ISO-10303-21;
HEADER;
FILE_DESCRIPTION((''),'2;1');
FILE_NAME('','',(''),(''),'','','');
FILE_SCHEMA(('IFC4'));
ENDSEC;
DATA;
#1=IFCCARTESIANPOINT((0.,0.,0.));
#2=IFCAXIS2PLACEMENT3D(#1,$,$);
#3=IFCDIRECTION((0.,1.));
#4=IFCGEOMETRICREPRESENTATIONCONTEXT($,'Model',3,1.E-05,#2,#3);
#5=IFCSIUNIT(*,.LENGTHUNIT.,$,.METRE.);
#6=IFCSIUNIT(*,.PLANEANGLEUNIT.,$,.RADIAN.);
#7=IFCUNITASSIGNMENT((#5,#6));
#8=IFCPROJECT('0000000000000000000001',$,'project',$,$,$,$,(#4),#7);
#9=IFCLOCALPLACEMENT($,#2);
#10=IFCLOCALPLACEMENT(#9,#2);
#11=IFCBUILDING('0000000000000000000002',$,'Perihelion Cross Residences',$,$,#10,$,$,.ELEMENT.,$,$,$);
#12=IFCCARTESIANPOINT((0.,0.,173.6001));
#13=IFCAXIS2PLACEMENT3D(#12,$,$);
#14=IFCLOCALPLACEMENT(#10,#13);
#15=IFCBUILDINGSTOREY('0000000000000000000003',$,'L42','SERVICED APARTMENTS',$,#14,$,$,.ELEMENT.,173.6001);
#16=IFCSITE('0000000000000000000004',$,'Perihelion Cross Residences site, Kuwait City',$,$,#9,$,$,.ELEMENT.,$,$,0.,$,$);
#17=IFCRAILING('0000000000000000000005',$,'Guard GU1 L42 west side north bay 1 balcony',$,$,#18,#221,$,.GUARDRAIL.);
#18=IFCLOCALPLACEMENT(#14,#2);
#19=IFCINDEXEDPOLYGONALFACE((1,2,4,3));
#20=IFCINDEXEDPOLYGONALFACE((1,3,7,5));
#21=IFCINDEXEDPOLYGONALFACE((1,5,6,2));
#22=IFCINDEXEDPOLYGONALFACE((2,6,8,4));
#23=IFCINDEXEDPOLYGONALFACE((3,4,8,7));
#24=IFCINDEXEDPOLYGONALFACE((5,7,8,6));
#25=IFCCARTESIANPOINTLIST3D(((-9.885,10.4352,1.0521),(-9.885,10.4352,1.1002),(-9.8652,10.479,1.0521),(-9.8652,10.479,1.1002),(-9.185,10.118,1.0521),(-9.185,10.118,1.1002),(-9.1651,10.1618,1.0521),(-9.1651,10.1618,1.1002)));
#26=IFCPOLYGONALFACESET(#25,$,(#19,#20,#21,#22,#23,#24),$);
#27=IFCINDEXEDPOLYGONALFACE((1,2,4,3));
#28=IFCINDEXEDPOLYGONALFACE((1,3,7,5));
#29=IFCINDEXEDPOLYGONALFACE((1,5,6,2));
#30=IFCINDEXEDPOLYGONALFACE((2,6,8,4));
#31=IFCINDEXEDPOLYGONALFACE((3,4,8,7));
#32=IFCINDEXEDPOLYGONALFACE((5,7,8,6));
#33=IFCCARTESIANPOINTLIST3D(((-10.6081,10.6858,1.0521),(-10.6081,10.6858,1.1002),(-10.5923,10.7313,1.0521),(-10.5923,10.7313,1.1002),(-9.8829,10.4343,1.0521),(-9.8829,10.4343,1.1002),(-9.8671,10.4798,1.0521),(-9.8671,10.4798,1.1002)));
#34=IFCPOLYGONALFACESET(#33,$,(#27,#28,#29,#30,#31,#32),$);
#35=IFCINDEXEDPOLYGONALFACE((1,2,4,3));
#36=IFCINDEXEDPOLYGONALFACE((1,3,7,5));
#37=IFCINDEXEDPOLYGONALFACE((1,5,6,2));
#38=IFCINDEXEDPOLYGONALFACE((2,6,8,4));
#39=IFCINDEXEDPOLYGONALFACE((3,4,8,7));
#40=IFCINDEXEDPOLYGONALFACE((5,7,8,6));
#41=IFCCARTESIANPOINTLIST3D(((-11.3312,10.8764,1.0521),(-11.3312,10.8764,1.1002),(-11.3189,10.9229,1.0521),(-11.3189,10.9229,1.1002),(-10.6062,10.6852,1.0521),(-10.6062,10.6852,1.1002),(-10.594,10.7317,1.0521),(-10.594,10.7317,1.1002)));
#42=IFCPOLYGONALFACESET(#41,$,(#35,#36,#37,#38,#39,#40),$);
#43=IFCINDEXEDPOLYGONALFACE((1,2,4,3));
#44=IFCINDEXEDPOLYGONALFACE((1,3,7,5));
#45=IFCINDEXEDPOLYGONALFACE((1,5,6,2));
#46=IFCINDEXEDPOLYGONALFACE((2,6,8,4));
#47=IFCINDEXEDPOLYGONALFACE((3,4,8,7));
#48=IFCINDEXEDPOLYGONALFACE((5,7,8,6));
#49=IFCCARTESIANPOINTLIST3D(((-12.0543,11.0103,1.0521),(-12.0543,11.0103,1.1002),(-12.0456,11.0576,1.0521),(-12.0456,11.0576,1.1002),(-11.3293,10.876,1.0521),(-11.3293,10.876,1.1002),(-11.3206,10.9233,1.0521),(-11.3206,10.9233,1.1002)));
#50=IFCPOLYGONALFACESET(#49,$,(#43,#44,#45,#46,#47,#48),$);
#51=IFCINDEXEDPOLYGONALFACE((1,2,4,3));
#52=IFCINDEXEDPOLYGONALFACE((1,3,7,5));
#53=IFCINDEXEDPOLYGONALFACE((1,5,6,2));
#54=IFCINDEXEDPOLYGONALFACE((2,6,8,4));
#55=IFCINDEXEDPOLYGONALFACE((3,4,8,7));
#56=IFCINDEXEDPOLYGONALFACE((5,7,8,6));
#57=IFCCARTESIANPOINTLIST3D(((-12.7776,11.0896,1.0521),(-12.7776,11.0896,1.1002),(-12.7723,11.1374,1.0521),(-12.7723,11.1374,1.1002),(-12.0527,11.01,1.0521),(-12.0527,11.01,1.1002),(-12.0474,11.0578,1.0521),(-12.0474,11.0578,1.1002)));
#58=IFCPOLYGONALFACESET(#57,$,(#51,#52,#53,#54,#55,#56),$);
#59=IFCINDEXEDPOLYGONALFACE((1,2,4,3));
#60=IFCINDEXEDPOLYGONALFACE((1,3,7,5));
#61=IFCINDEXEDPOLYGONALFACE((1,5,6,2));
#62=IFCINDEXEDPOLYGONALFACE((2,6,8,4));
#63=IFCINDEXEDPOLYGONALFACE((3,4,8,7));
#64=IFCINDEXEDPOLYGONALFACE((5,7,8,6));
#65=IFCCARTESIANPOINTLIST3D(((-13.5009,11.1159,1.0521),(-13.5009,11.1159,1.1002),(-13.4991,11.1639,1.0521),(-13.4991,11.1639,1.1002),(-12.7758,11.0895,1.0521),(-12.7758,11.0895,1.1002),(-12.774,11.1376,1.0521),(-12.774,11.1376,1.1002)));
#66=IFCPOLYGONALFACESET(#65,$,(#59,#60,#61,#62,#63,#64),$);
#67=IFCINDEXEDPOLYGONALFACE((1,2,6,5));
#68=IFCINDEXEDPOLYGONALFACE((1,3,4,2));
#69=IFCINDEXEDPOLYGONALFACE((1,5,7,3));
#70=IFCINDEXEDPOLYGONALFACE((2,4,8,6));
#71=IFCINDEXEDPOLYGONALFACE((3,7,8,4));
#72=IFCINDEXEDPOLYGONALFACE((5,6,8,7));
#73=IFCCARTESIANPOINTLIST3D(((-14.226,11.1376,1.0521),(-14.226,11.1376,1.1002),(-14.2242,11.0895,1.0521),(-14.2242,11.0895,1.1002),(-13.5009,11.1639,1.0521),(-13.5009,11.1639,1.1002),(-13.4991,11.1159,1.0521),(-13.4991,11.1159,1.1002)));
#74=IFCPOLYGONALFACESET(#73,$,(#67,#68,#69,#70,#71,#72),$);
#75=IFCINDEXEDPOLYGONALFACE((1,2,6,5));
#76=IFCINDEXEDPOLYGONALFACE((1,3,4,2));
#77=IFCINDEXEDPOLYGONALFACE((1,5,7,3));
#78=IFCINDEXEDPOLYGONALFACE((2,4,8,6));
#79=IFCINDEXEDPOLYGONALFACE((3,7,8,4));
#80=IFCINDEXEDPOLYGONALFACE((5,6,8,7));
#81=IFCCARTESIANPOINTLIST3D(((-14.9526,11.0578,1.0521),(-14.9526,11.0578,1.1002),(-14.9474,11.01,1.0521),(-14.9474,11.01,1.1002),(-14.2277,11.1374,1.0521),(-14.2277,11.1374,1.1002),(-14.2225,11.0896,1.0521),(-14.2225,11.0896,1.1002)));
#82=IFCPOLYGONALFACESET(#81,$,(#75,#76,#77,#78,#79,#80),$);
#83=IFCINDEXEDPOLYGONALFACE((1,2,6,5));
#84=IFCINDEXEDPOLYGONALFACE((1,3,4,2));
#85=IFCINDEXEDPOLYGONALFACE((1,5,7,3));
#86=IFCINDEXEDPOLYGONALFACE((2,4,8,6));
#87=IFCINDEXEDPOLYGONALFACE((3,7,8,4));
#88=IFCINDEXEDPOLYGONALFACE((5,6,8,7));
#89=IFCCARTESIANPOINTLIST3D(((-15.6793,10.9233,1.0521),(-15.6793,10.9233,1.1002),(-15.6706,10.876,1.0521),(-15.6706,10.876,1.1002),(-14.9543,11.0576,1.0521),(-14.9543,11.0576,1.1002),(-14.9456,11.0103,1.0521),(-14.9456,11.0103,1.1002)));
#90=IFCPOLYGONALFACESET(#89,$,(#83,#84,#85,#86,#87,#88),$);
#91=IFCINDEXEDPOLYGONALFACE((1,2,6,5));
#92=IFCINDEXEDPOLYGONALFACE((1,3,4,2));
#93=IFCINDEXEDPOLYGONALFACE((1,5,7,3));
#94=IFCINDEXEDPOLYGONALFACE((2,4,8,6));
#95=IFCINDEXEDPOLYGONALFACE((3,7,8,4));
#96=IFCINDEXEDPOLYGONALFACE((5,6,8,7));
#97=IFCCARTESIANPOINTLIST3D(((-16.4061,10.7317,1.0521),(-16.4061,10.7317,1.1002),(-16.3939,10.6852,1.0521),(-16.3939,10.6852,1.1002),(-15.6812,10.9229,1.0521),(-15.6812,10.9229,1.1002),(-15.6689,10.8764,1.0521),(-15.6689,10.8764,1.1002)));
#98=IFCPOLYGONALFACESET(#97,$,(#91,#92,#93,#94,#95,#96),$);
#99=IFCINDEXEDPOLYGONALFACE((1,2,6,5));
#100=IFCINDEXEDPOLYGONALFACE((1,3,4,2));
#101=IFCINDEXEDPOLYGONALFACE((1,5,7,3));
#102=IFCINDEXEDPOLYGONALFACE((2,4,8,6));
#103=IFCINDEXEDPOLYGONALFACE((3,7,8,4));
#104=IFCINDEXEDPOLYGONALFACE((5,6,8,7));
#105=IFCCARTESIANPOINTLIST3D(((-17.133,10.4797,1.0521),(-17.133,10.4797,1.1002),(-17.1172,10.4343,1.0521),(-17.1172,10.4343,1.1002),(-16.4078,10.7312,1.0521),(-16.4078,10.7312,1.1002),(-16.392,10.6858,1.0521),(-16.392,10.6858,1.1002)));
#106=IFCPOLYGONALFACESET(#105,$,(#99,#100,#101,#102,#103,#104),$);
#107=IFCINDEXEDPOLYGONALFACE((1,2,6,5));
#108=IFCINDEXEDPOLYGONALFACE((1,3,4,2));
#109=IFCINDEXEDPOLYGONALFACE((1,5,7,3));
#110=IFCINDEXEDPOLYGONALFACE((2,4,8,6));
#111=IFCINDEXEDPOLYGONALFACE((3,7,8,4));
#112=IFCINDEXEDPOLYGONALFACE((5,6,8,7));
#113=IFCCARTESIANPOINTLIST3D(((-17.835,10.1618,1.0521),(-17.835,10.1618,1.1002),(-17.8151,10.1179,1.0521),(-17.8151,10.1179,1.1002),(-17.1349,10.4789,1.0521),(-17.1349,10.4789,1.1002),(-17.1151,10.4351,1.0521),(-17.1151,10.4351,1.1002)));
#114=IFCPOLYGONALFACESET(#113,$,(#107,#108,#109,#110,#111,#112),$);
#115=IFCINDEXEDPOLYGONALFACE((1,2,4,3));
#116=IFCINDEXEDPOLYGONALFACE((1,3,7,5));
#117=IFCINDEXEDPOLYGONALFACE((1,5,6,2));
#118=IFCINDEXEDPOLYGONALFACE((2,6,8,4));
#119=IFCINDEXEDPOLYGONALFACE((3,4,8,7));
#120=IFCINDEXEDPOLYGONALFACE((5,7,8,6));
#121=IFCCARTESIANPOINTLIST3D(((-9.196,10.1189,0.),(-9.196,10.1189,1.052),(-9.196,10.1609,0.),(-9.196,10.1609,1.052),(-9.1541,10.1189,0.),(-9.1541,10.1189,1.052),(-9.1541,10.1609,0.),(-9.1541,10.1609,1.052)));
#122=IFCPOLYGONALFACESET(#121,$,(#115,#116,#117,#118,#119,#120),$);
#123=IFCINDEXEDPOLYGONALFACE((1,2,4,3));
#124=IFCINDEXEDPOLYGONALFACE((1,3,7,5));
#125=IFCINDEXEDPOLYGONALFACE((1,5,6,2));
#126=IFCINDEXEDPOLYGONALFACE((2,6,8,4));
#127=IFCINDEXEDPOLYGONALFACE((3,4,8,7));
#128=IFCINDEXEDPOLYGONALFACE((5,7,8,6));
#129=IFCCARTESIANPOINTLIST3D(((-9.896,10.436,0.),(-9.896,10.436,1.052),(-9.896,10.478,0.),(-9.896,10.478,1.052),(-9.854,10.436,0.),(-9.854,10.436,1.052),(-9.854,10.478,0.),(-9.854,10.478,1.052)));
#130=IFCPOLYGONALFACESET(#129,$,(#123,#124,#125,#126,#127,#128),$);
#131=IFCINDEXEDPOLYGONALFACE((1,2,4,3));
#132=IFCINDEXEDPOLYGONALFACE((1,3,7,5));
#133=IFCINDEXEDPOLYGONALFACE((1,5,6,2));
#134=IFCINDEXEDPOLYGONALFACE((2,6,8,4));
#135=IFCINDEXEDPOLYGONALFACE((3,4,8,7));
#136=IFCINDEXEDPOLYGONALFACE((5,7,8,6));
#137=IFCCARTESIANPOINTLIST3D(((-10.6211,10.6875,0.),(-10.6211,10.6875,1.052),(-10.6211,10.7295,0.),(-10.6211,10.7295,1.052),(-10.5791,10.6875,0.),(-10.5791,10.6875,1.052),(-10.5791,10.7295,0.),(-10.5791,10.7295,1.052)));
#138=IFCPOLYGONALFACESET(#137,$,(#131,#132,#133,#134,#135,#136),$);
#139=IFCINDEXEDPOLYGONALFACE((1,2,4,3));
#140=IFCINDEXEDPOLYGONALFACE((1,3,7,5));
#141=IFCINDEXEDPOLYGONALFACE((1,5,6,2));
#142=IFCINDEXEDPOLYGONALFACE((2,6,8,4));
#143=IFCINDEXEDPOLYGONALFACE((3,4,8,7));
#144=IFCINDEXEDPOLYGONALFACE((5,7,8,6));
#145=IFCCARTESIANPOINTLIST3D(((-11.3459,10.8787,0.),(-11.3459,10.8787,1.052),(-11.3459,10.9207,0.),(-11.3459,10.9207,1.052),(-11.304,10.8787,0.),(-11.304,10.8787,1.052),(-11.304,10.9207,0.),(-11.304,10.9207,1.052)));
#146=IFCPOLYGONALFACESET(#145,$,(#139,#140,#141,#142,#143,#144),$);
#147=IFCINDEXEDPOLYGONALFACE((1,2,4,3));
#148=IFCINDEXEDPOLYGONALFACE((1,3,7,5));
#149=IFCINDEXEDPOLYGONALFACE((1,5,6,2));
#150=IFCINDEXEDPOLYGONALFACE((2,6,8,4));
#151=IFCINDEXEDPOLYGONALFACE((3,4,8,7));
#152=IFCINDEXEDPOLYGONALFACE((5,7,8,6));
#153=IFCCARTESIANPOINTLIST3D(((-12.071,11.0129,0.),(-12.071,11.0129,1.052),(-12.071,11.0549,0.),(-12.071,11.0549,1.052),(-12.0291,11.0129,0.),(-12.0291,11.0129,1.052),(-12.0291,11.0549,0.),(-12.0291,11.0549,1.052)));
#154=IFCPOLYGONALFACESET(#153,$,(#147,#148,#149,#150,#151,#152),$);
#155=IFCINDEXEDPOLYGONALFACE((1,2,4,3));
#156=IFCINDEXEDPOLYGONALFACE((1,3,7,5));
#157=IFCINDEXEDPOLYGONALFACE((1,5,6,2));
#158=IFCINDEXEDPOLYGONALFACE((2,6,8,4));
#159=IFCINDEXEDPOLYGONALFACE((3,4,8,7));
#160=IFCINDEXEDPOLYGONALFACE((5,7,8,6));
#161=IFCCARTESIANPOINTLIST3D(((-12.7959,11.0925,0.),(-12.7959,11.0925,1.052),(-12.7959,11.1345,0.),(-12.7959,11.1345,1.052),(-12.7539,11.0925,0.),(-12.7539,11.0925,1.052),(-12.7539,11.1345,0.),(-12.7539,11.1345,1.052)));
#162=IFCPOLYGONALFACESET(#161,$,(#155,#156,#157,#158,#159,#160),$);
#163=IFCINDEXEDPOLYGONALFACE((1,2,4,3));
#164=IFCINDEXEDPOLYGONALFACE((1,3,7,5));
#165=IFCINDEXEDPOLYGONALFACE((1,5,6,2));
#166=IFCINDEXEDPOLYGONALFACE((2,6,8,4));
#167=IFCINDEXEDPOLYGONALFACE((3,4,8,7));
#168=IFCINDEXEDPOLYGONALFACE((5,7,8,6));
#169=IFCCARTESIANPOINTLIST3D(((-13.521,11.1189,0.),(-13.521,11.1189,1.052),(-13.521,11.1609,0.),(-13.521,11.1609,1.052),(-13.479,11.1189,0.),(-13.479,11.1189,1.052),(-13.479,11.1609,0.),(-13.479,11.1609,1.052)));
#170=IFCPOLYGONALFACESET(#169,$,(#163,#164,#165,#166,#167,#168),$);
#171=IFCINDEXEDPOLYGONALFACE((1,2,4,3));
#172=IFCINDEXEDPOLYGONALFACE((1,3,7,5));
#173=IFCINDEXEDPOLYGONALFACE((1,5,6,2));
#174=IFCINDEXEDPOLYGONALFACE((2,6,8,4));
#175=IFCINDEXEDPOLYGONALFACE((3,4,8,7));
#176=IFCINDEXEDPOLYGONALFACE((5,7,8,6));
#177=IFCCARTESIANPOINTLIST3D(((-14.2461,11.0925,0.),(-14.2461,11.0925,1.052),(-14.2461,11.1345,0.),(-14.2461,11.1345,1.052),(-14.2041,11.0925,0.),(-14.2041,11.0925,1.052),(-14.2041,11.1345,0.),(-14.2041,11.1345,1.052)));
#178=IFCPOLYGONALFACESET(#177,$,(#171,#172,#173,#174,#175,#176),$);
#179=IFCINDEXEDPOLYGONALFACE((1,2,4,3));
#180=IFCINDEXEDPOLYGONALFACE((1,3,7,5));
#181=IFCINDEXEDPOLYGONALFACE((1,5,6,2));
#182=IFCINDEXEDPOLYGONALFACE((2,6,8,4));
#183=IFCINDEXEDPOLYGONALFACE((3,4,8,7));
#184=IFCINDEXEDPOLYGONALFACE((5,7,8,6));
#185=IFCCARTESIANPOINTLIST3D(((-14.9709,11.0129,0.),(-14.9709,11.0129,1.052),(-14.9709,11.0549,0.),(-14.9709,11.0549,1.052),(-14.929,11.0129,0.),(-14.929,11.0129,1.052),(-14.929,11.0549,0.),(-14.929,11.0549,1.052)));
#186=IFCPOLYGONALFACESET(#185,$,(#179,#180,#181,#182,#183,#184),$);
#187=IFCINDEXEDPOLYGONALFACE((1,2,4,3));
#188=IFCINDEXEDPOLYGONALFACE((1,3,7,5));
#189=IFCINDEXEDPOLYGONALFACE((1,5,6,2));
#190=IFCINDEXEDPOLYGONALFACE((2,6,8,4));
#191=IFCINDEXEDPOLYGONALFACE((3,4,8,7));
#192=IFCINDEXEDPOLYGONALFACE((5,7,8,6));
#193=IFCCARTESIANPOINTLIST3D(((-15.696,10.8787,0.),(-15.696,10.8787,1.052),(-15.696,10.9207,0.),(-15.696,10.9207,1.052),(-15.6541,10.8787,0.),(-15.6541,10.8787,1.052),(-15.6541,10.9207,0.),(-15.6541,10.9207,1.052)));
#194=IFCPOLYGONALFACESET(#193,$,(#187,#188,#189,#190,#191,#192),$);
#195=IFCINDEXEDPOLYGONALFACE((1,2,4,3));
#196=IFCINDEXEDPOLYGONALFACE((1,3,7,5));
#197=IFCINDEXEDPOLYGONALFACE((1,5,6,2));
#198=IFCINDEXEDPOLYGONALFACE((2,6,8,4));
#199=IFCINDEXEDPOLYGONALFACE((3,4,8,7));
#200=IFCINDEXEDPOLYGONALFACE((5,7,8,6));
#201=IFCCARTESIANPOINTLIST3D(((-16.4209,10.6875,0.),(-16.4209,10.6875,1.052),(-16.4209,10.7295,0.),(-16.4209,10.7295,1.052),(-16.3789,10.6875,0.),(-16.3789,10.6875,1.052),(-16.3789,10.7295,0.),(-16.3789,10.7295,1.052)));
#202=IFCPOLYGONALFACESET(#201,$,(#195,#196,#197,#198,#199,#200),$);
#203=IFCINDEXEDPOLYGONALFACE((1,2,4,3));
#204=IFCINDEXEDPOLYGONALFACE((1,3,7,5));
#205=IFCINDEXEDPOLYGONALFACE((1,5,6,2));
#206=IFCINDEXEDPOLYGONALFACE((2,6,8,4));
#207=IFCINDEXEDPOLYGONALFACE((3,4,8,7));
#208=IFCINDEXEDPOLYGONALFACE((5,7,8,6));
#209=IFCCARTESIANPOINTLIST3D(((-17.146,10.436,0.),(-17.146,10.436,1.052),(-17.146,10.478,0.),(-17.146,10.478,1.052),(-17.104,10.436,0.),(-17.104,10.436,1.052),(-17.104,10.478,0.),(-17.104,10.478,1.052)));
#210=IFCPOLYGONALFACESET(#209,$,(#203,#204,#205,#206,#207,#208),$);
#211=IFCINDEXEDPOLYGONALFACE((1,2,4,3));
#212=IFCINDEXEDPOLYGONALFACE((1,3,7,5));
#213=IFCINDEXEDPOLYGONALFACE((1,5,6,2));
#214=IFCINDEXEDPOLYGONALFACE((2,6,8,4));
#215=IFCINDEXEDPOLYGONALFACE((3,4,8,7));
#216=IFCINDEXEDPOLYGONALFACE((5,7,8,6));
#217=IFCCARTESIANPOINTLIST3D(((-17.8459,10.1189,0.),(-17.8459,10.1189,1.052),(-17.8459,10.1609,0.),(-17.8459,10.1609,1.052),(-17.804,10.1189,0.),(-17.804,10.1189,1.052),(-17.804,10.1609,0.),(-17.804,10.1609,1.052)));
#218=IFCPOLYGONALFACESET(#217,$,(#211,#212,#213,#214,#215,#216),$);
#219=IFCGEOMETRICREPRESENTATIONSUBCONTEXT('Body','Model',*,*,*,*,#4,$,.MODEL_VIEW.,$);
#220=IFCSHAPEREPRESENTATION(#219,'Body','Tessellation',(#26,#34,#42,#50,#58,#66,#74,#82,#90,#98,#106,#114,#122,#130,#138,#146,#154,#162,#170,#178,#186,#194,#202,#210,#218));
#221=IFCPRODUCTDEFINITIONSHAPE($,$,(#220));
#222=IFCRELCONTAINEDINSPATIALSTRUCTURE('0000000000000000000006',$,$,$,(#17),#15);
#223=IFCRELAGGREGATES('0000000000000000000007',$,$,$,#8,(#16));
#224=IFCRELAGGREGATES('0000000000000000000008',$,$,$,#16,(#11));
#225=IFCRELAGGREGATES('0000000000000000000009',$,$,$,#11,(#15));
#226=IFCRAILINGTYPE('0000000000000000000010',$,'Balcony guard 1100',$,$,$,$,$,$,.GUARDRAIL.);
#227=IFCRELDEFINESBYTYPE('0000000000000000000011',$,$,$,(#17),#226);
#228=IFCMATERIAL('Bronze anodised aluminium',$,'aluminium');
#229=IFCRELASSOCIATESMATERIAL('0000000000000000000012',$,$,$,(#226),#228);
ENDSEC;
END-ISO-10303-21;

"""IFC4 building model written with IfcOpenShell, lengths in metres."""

from ifc_helpers import new_model, si_unit, direction, frame, origin, origin_2d, place, context, subcontext, project, spatial, rectangle, extrude, material, type_object, element, save


model = new_model("IFC4")

# Units and contexts
model_context = context("Model", 3, precision=1e-05, world=origin(), true_north=direction((0.0, 1.0)))
body_context = subcontext(model_context, "Body", "Model", "MODEL_VIEW")
ifc_project = project(units=[si_unit("LENGTHUNIT", "METRE"), si_unit("PLANEANGLEUNIT", "RADIAN")], contexts=[model_context])

# Site, building, storey
site_placement = place(None, origin())
site = spatial("IfcSite", under=ifc_project, at=site_placement, Name="Perihelion Cross Residences site, Kuwait City", CompositionType="ELEMENT", RefElevation=0.0)
building_placement = place(site_placement, origin())
building = spatial("IfcBuilding", under=site, at=building_placement, Name="Perihelion Cross Residences", CompositionType="ELEMENT")
storey_placement = place(building_placement, frame((0.0, 0.0, 173.6001)))
storey = spatial("IfcBuildingStorey", under=building, at=storey_placement, Name="L42", Description="SERVICED APARTMENTS", CompositionType="ELEMENT", Elevation=173.6001)

# Railing
ifc_material_1 = material(Name="Bronze anodised aluminium", Category="aluminium")
railing_type = type_object("IfcRailingType", Name="Balcony guard 1100", PredefinedType="GUARDRAIL", material=ifc_material_1)
railing_1_placement = place(storey_placement, frame((-9.175, 10.1399, 0.0)))
element("IfcRailing", 1, at=railing_1_placement, inside=storey, type_object=railing_type, Name="Guard GU1 L42 west side north bay 1 balcony", PredefinedType="GUARDRAIL", context=body_context, shape_type="SweptSolid", body=[
    extrude(rectangle(XDim=0.0481, YDim=0.0481, at=origin_2d()), frame((0.0, 0.0, 1.0762), z_axis=(-0.910866, 0.412702, 0.0), x_axis=(-0.412702, -0.910866, 0.0)), (0.0, 0.0, 1.0), 0.7686),
    extrude(rectangle(XDim=0.0481, YDim=0.0481, at=origin_2d()), frame((-0.7, 0.3171, 1.0762), z_axis=(-0.944797, 0.327657, 0.0), x_axis=(-0.327657, -0.944797, 0.0)), (0.0, 0.0, 1.0), 0.7676),
    extrude(rectangle(XDim=0.0481, YDim=0.0481, at=origin_2d()), frame((-1.425, 0.5686, 1.0762), z_axis=(-0.966939, 0.255006, 0.0), x_axis=(-0.255006, -0.966939, 0.0)), (0.0, 0.0, 1.0), 0.7498),
    extrude(rectangle(XDim=0.0481, YDim=0.0481, at=origin_2d()), frame((-2.1499, 0.7598, 1.0762), z_axis=(-0.983282, 0.182089, 0.0), x_axis=(-0.182089, -0.983282, 0.0)), (0.0, 0.0, 1.0), 0.7373),
    extrude(rectangle(XDim=0.0481, YDim=0.0481, at=origin_2d()), frame((-2.875, 0.894, 1.0762), z_axis=(-0.994026, 0.109145, 0.0), x_axis=(-0.109145, -0.994026, 0.0)), (0.0, 0.0, 1.0), 0.7292),
    extrude(rectangle(XDim=0.0481, YDim=0.0481, at=origin_2d()), frame((-3.5999, 0.9736, 1.0762), z_axis=(-0.999339, 0.03634, 0.0), x_axis=(-0.03634, -0.999339, 0.0)), (0.0, 0.0, 1.0), 0.7256),
    extrude(rectangle(XDim=0.0481, YDim=0.0481, at=origin_2d()), frame((-4.325, 1.0, 1.0762), z_axis=(-0.999339, -0.03634, 0.0), x_axis=(0.03634, -0.999339, 0.0)), (0.0, 0.0, 1.0), 0.7256),
    extrude(rectangle(XDim=0.0481, YDim=0.0481, at=origin_2d()), frame((-5.05, 0.9736, 1.0762), z_axis=(-0.994026, -0.109145, 0.0), x_axis=(0.109145, -0.994026, 0.0)), (0.0, 0.0, 1.0), 0.7292),
    extrude(rectangle(XDim=0.0481, YDim=0.0481, at=origin_2d()), frame((-5.7749, 0.894, 1.0762), z_axis=(-0.983282, -0.182089, 0.0), x_axis=(0.182089, -0.983282, 0.0)), (0.0, 0.0, 1.0), 0.7373),
    extrude(rectangle(XDim=0.0481, YDim=0.0481, at=origin_2d()), frame((-6.5, 0.7598, 1.0762), z_axis=(-0.966939, -0.255006, 0.0), x_axis=(0.255006, -0.966939, 0.0)), (0.0, 0.0, 1.0), 0.7498),
    extrude(rectangle(XDim=0.0481, YDim=0.0481, at=origin_2d()), frame((-7.2249, 0.5686, 1.0762), z_axis=(-0.944797, -0.327657, 0.0), x_axis=(0.327657, -0.944797, 0.0)), (0.0, 0.0, 1.0), 0.7676),
    extrude(rectangle(XDim=0.0481, YDim=0.0481, at=origin_2d()), frame((-7.95, 0.3171, 1.0762), z_axis=(-0.910866, -0.412702, 0.0), x_axis=(0.412702, -0.910866, 0.0)), (0.0, 0.0, 1.0), 0.7686),
    extrude(rectangle(XDim=0.042, YDim=0.042, at=origin_2d()), origin(), (0.0, 0.0, 1.0), 1.052),
    extrude(rectangle(XDim=0.042, YDim=0.042, at=origin_2d()), frame((-0.7, 0.3171, 0.0)), (0.0, 0.0, 1.0), 1.052),
    extrude(rectangle(XDim=0.042, YDim=0.042, at=origin_2d()), frame((-1.425, 0.5686, 0.0)), (0.0, 0.0, 1.0), 1.052),
    extrude(rectangle(XDim=0.042, YDim=0.042, at=origin_2d()), frame((-2.1499, 0.7598, 0.0)), (0.0, 0.0, 1.0), 1.052),
    extrude(rectangle(XDim=0.042, YDim=0.042, at=origin_2d()), frame((-2.875, 0.894, 0.0)), (0.0, 0.0, 1.0), 1.052),
    extrude(rectangle(XDim=0.042, YDim=0.042, at=origin_2d()), frame((-3.5999, 0.9736, 0.0)), (0.0, 0.0, 1.0), 1.052),
    extrude(rectangle(XDim=0.042, YDim=0.042, at=origin_2d()), frame((-4.325, 1.0, 0.0)), (0.0, 0.0, 1.0), 1.052),
    extrude(rectangle(XDim=0.042, YDim=0.042, at=origin_2d()), frame((-5.05, 0.9736, 0.0)), (0.0, 0.0, 1.0), 1.052),
    extrude(rectangle(XDim=0.042, YDim=0.042, at=origin_2d()), frame((-5.7749, 0.894, 0.0)), (0.0, 0.0, 1.0), 1.052),
    extrude(rectangle(XDim=0.042, YDim=0.042, at=origin_2d()), frame((-6.5, 0.7598, 0.0)), (0.0, 0.0, 1.0), 1.052),
    extrude(rectangle(XDim=0.042, YDim=0.042, at=origin_2d()), frame((-7.2249, 0.5686, 0.0)), (0.0, 0.0, 1.0), 1.052),
    extrude(rectangle(XDim=0.042, YDim=0.042, at=origin_2d()), frame((-7.95, 0.3171, 0.0)), (0.0, 0.0, 1.0), 1.052),
    extrude(rectangle(XDim=0.042, YDim=0.042, at=origin_2d()), frame((-8.6499, 0.0, 0.0)), (0.0, 0.0, 1.0), 1.052),
])

save(model, "model.ifc")
